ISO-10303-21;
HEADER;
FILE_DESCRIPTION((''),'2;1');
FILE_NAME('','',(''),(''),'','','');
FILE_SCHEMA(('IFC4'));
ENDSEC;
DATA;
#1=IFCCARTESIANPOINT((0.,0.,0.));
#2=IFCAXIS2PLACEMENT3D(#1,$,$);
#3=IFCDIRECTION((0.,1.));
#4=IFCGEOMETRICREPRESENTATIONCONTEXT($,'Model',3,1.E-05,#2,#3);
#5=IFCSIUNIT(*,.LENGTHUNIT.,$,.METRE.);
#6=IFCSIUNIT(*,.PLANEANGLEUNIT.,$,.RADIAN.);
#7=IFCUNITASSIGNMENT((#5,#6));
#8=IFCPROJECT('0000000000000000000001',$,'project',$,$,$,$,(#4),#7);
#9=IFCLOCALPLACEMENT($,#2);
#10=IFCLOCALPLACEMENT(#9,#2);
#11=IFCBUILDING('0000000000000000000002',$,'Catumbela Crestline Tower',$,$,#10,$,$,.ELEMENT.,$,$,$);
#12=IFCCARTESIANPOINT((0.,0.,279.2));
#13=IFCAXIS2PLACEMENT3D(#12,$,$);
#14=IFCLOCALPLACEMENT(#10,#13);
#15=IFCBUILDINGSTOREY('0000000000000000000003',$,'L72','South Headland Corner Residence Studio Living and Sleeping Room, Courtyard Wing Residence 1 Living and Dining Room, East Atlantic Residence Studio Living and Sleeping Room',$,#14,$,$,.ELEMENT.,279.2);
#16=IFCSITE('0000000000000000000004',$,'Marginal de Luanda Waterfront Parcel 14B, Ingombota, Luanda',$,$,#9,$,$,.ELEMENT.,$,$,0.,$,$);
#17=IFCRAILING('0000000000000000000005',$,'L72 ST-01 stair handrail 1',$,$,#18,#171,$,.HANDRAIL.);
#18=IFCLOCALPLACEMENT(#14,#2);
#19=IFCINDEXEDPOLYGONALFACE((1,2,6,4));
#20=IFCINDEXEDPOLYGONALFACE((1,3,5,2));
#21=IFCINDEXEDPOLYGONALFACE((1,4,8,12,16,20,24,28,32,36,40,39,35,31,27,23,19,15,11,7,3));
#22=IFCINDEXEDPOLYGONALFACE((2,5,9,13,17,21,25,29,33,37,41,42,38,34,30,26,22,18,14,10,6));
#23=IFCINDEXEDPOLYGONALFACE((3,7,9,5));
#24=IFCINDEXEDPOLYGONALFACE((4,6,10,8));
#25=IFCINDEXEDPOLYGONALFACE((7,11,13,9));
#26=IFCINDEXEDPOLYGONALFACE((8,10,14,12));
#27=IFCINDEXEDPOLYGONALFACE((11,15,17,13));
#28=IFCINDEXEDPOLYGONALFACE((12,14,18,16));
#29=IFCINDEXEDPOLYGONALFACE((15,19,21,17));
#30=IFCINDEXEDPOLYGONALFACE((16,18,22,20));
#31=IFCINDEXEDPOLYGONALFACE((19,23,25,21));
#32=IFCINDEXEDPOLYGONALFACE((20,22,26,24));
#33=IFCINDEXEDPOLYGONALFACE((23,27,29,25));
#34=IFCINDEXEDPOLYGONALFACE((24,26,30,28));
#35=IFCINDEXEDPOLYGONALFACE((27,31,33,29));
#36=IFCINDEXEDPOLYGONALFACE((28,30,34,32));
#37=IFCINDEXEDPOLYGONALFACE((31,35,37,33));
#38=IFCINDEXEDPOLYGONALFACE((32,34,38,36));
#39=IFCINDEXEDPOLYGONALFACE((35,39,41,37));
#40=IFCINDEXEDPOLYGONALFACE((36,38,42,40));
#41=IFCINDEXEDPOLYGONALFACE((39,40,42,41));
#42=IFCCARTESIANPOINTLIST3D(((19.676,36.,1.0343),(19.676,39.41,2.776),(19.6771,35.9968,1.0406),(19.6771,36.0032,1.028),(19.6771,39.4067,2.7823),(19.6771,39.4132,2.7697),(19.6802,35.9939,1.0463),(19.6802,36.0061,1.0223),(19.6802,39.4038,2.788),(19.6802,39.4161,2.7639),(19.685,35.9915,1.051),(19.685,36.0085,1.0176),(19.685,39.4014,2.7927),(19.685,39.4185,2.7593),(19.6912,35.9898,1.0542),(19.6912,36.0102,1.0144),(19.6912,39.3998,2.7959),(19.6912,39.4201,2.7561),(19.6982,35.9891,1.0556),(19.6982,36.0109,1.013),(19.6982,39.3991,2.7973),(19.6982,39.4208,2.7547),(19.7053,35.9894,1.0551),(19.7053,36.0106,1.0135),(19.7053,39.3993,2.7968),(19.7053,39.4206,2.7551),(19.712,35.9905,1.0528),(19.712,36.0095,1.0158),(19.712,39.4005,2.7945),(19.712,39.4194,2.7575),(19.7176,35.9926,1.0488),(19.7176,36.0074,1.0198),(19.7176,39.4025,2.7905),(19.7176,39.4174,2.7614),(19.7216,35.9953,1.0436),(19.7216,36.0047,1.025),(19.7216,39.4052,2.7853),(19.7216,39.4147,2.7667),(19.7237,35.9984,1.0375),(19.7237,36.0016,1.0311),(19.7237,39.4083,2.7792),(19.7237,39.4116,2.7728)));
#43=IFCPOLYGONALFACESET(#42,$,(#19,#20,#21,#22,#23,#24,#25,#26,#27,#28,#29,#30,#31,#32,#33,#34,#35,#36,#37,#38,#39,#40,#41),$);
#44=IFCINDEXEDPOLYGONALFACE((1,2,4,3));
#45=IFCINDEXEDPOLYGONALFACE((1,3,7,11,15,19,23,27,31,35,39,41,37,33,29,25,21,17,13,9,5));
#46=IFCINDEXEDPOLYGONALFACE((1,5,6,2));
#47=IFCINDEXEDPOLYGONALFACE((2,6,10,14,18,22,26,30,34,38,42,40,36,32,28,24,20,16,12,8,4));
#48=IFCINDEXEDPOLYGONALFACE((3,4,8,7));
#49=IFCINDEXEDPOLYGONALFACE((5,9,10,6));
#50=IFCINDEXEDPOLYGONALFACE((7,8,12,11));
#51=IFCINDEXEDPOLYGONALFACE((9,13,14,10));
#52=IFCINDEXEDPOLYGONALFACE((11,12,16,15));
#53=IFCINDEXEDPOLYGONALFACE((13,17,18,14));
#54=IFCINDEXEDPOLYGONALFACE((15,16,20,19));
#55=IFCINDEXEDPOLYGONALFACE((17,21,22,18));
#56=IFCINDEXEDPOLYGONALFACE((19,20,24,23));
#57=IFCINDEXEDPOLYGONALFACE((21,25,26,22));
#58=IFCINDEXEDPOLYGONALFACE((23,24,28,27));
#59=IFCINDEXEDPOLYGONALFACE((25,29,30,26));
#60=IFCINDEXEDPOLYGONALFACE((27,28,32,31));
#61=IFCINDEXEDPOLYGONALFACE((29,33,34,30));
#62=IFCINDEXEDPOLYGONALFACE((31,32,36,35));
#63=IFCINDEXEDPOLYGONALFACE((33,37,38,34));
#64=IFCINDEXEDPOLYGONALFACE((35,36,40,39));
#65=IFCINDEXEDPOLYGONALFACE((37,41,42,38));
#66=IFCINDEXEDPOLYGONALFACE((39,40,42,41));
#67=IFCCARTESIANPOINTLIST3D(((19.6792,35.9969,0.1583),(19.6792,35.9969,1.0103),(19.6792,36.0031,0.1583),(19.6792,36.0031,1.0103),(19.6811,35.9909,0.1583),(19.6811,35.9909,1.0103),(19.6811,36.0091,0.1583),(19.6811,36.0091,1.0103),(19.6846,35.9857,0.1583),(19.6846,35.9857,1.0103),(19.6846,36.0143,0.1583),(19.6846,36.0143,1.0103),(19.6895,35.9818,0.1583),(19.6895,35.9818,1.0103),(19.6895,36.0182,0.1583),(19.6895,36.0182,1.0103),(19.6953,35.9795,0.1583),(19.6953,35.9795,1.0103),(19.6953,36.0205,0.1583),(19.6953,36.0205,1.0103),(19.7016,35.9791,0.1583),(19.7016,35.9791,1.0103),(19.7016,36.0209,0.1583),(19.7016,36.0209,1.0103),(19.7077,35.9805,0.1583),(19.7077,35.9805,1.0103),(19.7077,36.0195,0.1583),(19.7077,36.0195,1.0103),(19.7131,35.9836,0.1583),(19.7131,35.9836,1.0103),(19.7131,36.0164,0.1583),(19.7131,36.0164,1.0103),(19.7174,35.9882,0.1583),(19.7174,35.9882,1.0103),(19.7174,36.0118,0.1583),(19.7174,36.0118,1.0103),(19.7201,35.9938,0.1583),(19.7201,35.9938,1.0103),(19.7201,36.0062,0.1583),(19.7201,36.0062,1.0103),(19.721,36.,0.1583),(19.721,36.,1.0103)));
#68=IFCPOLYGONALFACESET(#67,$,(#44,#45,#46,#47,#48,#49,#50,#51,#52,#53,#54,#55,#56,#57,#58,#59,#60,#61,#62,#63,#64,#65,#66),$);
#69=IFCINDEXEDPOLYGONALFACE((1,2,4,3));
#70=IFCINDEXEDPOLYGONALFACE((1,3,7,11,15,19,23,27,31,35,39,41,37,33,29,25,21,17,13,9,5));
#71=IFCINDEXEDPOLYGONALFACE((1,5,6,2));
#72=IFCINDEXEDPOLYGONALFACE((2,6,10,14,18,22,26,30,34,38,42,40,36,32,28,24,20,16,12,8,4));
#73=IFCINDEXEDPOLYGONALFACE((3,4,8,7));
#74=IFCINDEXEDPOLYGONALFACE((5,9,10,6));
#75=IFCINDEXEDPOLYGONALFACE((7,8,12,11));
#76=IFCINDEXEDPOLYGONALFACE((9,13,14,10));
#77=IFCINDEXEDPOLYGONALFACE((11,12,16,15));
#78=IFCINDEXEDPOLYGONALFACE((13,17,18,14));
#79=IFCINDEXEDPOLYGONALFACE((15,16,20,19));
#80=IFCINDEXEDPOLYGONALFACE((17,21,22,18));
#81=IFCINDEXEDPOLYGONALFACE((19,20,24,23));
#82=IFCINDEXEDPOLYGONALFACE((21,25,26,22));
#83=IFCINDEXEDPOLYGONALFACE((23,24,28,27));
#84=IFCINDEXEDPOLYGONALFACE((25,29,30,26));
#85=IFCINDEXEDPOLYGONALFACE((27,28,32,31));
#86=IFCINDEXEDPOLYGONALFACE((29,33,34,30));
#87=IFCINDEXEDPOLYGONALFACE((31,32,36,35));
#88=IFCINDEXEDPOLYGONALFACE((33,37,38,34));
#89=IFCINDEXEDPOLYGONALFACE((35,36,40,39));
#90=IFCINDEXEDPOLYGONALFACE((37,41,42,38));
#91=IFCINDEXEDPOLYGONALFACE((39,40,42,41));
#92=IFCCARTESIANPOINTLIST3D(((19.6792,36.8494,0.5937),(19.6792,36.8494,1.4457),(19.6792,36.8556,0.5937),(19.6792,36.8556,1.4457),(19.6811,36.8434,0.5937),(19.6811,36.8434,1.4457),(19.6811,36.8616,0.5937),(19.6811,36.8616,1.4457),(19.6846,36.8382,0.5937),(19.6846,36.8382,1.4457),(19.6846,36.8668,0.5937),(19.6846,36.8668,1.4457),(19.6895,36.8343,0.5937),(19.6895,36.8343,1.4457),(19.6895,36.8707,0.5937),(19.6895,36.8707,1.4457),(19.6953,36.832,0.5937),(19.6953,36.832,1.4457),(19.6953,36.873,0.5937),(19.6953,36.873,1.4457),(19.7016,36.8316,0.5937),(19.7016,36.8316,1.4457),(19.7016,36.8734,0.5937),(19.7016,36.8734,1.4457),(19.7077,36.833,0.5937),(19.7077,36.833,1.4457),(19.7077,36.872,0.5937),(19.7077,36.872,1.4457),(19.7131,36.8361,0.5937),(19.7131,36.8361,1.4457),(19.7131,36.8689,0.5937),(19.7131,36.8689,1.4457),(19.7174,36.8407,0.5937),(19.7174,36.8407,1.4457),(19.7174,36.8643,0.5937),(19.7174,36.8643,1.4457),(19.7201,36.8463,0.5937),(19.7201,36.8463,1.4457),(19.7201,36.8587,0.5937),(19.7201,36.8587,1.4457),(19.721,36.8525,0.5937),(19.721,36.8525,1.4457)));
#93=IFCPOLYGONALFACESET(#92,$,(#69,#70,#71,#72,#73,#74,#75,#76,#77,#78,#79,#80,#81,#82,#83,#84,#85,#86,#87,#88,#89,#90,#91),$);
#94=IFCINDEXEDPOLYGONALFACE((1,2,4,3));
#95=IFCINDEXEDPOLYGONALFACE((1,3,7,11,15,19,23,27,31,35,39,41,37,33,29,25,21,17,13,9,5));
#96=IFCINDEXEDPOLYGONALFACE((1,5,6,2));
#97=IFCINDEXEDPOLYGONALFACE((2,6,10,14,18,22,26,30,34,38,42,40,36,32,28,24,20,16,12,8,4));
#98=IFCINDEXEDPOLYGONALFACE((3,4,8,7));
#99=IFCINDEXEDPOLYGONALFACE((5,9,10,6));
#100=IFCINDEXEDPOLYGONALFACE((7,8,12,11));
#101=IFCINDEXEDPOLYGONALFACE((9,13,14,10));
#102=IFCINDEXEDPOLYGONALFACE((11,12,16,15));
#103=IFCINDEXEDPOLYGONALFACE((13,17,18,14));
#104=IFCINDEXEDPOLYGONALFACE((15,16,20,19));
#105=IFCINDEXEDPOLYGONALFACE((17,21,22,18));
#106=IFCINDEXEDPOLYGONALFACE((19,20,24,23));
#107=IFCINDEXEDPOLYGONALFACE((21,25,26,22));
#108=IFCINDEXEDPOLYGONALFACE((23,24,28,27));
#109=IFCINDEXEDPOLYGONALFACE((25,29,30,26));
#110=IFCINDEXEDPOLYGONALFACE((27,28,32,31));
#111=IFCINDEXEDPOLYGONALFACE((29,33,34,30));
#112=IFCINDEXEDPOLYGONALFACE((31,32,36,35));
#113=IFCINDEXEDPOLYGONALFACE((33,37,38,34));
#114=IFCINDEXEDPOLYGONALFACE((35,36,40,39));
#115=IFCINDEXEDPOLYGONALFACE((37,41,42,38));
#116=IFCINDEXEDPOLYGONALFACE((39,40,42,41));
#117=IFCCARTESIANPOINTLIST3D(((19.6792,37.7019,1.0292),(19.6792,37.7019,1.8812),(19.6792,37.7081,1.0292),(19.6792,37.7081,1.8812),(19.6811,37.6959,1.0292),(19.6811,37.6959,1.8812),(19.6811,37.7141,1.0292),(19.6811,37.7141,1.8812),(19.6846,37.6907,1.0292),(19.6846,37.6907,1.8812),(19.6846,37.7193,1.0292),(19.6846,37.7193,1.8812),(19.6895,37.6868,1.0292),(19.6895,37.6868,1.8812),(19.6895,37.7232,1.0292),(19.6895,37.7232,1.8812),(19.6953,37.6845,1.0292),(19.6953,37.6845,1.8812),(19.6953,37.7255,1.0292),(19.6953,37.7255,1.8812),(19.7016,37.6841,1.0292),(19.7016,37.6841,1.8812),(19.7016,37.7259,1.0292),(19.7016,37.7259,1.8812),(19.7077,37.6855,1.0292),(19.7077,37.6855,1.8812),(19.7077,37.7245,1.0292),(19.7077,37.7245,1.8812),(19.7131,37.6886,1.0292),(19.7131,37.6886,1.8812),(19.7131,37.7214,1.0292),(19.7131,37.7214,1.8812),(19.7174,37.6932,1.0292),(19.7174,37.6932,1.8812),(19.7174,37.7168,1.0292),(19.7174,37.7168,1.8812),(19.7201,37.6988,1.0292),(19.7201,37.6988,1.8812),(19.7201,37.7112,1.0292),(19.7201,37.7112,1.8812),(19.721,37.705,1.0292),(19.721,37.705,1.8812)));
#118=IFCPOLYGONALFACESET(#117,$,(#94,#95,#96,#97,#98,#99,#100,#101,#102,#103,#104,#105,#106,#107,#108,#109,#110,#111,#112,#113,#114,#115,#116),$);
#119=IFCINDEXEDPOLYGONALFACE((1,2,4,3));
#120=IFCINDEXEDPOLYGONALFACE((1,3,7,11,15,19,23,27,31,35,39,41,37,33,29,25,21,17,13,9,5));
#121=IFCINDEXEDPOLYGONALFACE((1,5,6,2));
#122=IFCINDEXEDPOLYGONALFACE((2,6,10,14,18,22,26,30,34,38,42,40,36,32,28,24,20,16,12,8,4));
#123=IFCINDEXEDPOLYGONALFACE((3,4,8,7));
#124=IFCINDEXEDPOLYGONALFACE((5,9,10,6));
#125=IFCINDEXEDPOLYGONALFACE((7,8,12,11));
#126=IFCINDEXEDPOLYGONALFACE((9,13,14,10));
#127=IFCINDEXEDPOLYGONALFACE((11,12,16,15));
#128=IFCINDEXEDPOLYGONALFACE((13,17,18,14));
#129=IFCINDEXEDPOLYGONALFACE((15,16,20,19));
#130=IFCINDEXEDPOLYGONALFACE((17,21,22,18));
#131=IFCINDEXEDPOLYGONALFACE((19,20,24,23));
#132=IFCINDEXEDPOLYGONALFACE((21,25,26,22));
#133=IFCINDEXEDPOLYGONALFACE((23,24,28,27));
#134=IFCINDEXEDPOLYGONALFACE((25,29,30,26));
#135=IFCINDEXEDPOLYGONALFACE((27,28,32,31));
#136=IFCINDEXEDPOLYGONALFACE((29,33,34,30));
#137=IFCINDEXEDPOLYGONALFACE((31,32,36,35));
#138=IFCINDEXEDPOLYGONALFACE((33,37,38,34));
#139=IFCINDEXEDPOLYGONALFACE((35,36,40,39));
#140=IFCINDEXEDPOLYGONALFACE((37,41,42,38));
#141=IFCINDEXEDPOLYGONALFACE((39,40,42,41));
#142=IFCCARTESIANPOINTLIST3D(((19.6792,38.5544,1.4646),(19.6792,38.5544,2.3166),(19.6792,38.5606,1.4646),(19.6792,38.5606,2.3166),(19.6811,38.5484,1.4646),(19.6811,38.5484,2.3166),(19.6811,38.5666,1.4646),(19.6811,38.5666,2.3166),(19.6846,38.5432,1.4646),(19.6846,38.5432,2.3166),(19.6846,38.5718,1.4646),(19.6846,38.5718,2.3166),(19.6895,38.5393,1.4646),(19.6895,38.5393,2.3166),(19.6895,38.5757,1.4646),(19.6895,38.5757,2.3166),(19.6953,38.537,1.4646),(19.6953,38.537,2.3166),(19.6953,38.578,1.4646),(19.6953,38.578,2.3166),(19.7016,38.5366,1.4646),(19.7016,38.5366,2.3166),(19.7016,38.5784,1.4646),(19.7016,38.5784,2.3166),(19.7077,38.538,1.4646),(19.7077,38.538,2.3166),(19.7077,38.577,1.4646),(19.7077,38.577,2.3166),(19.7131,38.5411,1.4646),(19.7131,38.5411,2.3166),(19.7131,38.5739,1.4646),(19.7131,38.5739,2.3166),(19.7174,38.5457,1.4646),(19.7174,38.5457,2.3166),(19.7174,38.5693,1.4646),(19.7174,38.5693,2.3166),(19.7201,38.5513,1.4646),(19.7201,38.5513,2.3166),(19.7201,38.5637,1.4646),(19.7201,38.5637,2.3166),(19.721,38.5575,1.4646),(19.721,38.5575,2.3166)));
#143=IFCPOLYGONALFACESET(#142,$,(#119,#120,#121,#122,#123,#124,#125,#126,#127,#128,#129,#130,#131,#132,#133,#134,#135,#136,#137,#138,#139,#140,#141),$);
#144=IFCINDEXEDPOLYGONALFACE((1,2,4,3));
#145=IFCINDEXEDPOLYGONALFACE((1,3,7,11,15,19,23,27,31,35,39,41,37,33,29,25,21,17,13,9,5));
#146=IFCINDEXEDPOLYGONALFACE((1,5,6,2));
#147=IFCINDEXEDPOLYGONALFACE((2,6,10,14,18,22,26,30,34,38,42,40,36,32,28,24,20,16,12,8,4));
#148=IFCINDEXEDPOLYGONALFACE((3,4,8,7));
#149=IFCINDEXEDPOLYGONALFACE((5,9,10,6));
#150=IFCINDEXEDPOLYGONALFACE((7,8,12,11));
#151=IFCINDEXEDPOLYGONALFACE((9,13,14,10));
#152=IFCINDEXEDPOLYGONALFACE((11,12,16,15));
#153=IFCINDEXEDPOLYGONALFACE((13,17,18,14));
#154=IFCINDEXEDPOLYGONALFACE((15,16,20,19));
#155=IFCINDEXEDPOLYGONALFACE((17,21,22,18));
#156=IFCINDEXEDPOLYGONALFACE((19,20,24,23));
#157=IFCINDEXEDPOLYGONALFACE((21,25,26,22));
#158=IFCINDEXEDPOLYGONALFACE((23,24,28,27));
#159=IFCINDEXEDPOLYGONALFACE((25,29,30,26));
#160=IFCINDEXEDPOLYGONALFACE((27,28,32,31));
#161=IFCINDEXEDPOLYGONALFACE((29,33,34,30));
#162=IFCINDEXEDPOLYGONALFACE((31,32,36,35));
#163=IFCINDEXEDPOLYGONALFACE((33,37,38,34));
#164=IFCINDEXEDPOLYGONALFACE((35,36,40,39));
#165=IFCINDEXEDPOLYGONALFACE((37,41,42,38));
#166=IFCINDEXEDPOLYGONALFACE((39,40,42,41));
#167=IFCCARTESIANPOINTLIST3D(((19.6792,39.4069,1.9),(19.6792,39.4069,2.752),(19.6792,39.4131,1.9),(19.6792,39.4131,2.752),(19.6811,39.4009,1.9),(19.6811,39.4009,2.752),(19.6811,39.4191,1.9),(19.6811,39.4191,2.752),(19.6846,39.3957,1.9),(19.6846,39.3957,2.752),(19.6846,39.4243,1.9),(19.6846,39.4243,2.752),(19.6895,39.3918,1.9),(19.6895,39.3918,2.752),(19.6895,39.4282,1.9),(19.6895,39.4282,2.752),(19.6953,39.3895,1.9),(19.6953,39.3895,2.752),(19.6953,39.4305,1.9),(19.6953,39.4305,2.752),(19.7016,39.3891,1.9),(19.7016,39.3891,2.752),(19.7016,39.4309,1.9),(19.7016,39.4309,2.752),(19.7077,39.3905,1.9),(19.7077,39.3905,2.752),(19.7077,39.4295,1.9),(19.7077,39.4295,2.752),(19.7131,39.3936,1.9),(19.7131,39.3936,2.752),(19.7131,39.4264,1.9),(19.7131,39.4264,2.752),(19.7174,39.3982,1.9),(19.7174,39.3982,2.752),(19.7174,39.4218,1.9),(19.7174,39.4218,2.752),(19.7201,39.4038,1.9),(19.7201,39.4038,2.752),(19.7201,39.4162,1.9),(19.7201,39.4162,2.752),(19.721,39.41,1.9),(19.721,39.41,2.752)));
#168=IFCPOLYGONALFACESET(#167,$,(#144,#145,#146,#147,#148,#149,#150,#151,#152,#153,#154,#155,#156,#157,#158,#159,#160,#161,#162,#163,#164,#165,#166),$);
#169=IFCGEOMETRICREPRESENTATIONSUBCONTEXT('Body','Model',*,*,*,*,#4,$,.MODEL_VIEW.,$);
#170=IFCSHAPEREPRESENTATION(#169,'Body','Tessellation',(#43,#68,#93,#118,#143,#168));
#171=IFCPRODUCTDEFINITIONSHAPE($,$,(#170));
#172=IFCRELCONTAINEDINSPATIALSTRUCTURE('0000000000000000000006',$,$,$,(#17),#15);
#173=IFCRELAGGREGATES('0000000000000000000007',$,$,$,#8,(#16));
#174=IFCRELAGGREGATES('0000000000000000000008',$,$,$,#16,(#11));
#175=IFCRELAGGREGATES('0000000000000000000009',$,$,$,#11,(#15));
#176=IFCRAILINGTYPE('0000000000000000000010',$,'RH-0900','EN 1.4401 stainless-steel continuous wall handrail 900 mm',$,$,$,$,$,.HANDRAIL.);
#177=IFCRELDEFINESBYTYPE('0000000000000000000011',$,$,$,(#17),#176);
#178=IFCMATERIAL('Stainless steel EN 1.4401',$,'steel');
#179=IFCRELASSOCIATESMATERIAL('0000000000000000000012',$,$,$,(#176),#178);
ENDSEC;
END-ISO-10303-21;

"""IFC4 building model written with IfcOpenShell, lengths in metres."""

from ifc_helpers import new_model, si_unit, direction, frame, origin, origin_2d, place, context, subcontext, project, spatial, circle, extrude, material, type_object, element, save


model = new_model("IFC4")

# Units and contexts
model_context = context("Model", 3, precision=1e-05, world=origin(), true_north=direction((0.0, 1.0)))
body_context = subcontext(model_context, "Body", "Model", "MODEL_VIEW")
ifc_project = project(units=[si_unit("LENGTHUNIT", "METRE"), si_unit("PLANEANGLEUNIT", "RADIAN")], contexts=[model_context])

# Site, building, storey
site_placement = place(None, origin())
site = spatial("IfcSite", under=ifc_project, at=site_placement, Name="Marginal de Luanda Waterfront Parcel 14B, Ingombota, Luanda", CompositionType="ELEMENT", RefElevation=0.0)
building_placement = place(site_placement, origin())
building = spatial("IfcBuilding", under=site, at=building_placement, Name="Catumbela Crestline Tower", CompositionType="ELEMENT")
storey_placement = place(building_placement, frame((0.0, 0.0, 279.2)))
storey = spatial("IfcBuildingStorey", under=building, at=storey_placement, Name="L72", Description="South Headland Corner Residence Studio Living and Sleeping Room, Courtyard Wing Residence 1 Living and Dining Room, East Atlantic Residence Studio Living and Sleeping Room", CompositionType="ELEMENT", Elevation=279.2)

# Shared definitions
ifc_material_1 = material(Name="Stainless steel EN 1.4401", Category="steel")

# Railing
railing_type_1 = type_object("IfcRailingType", Name="RH-0900", Description="EN 1.4401 stainless-steel continuous wall handrail 900 mm", PredefinedType="HANDRAIL", material=ifc_material_1)
railing_1_placement = place(storey_placement, frame((19.7, 36.0, 0.1583)))
element("IfcRailing", 1, at=railing_1_placement, inside=storey, type_object=railing_type_1, Name="L72 ST-01 stair handrail 1", PredefinedType="HANDRAIL", context=body_context, shape_type="SweptSolid", body=[
    extrude(circle(Radius=0.024, at=origin_2d()), frame((0.0, 0.0, 0.876), z_axis=(0.0, 0.89056, 0.454865), x_axis=(-1.0, 0.0, 0.0)), (0.0, 0.0, 1.0), 3.829),
    extrude(circle(Radius=0.021, at=origin_2d()), origin(), (0.0, 0.0, 1.0), 0.852),
    extrude(circle(Radius=0.021, at=origin_2d()), frame((0.0, 0.8525, 0.4354)), (0.0, 0.0, 1.0), 0.852),
    extrude(circle(Radius=0.021, at=origin_2d()), frame((0.0, 1.705, 0.8709)), (0.0, 0.0, 1.0), 0.852),
    extrude(circle(Radius=0.021, at=origin_2d()), frame((0.0, 2.5575, 1.3063)), (0.0, 0.0, 1.0), 0.852),
    extrude(circle(Radius=0.021, at=origin_2d()), frame((0.0, 3.41, 1.7417)), (0.0, 0.0, 1.0), 0.852),
])

save(model, "model.ifc")
